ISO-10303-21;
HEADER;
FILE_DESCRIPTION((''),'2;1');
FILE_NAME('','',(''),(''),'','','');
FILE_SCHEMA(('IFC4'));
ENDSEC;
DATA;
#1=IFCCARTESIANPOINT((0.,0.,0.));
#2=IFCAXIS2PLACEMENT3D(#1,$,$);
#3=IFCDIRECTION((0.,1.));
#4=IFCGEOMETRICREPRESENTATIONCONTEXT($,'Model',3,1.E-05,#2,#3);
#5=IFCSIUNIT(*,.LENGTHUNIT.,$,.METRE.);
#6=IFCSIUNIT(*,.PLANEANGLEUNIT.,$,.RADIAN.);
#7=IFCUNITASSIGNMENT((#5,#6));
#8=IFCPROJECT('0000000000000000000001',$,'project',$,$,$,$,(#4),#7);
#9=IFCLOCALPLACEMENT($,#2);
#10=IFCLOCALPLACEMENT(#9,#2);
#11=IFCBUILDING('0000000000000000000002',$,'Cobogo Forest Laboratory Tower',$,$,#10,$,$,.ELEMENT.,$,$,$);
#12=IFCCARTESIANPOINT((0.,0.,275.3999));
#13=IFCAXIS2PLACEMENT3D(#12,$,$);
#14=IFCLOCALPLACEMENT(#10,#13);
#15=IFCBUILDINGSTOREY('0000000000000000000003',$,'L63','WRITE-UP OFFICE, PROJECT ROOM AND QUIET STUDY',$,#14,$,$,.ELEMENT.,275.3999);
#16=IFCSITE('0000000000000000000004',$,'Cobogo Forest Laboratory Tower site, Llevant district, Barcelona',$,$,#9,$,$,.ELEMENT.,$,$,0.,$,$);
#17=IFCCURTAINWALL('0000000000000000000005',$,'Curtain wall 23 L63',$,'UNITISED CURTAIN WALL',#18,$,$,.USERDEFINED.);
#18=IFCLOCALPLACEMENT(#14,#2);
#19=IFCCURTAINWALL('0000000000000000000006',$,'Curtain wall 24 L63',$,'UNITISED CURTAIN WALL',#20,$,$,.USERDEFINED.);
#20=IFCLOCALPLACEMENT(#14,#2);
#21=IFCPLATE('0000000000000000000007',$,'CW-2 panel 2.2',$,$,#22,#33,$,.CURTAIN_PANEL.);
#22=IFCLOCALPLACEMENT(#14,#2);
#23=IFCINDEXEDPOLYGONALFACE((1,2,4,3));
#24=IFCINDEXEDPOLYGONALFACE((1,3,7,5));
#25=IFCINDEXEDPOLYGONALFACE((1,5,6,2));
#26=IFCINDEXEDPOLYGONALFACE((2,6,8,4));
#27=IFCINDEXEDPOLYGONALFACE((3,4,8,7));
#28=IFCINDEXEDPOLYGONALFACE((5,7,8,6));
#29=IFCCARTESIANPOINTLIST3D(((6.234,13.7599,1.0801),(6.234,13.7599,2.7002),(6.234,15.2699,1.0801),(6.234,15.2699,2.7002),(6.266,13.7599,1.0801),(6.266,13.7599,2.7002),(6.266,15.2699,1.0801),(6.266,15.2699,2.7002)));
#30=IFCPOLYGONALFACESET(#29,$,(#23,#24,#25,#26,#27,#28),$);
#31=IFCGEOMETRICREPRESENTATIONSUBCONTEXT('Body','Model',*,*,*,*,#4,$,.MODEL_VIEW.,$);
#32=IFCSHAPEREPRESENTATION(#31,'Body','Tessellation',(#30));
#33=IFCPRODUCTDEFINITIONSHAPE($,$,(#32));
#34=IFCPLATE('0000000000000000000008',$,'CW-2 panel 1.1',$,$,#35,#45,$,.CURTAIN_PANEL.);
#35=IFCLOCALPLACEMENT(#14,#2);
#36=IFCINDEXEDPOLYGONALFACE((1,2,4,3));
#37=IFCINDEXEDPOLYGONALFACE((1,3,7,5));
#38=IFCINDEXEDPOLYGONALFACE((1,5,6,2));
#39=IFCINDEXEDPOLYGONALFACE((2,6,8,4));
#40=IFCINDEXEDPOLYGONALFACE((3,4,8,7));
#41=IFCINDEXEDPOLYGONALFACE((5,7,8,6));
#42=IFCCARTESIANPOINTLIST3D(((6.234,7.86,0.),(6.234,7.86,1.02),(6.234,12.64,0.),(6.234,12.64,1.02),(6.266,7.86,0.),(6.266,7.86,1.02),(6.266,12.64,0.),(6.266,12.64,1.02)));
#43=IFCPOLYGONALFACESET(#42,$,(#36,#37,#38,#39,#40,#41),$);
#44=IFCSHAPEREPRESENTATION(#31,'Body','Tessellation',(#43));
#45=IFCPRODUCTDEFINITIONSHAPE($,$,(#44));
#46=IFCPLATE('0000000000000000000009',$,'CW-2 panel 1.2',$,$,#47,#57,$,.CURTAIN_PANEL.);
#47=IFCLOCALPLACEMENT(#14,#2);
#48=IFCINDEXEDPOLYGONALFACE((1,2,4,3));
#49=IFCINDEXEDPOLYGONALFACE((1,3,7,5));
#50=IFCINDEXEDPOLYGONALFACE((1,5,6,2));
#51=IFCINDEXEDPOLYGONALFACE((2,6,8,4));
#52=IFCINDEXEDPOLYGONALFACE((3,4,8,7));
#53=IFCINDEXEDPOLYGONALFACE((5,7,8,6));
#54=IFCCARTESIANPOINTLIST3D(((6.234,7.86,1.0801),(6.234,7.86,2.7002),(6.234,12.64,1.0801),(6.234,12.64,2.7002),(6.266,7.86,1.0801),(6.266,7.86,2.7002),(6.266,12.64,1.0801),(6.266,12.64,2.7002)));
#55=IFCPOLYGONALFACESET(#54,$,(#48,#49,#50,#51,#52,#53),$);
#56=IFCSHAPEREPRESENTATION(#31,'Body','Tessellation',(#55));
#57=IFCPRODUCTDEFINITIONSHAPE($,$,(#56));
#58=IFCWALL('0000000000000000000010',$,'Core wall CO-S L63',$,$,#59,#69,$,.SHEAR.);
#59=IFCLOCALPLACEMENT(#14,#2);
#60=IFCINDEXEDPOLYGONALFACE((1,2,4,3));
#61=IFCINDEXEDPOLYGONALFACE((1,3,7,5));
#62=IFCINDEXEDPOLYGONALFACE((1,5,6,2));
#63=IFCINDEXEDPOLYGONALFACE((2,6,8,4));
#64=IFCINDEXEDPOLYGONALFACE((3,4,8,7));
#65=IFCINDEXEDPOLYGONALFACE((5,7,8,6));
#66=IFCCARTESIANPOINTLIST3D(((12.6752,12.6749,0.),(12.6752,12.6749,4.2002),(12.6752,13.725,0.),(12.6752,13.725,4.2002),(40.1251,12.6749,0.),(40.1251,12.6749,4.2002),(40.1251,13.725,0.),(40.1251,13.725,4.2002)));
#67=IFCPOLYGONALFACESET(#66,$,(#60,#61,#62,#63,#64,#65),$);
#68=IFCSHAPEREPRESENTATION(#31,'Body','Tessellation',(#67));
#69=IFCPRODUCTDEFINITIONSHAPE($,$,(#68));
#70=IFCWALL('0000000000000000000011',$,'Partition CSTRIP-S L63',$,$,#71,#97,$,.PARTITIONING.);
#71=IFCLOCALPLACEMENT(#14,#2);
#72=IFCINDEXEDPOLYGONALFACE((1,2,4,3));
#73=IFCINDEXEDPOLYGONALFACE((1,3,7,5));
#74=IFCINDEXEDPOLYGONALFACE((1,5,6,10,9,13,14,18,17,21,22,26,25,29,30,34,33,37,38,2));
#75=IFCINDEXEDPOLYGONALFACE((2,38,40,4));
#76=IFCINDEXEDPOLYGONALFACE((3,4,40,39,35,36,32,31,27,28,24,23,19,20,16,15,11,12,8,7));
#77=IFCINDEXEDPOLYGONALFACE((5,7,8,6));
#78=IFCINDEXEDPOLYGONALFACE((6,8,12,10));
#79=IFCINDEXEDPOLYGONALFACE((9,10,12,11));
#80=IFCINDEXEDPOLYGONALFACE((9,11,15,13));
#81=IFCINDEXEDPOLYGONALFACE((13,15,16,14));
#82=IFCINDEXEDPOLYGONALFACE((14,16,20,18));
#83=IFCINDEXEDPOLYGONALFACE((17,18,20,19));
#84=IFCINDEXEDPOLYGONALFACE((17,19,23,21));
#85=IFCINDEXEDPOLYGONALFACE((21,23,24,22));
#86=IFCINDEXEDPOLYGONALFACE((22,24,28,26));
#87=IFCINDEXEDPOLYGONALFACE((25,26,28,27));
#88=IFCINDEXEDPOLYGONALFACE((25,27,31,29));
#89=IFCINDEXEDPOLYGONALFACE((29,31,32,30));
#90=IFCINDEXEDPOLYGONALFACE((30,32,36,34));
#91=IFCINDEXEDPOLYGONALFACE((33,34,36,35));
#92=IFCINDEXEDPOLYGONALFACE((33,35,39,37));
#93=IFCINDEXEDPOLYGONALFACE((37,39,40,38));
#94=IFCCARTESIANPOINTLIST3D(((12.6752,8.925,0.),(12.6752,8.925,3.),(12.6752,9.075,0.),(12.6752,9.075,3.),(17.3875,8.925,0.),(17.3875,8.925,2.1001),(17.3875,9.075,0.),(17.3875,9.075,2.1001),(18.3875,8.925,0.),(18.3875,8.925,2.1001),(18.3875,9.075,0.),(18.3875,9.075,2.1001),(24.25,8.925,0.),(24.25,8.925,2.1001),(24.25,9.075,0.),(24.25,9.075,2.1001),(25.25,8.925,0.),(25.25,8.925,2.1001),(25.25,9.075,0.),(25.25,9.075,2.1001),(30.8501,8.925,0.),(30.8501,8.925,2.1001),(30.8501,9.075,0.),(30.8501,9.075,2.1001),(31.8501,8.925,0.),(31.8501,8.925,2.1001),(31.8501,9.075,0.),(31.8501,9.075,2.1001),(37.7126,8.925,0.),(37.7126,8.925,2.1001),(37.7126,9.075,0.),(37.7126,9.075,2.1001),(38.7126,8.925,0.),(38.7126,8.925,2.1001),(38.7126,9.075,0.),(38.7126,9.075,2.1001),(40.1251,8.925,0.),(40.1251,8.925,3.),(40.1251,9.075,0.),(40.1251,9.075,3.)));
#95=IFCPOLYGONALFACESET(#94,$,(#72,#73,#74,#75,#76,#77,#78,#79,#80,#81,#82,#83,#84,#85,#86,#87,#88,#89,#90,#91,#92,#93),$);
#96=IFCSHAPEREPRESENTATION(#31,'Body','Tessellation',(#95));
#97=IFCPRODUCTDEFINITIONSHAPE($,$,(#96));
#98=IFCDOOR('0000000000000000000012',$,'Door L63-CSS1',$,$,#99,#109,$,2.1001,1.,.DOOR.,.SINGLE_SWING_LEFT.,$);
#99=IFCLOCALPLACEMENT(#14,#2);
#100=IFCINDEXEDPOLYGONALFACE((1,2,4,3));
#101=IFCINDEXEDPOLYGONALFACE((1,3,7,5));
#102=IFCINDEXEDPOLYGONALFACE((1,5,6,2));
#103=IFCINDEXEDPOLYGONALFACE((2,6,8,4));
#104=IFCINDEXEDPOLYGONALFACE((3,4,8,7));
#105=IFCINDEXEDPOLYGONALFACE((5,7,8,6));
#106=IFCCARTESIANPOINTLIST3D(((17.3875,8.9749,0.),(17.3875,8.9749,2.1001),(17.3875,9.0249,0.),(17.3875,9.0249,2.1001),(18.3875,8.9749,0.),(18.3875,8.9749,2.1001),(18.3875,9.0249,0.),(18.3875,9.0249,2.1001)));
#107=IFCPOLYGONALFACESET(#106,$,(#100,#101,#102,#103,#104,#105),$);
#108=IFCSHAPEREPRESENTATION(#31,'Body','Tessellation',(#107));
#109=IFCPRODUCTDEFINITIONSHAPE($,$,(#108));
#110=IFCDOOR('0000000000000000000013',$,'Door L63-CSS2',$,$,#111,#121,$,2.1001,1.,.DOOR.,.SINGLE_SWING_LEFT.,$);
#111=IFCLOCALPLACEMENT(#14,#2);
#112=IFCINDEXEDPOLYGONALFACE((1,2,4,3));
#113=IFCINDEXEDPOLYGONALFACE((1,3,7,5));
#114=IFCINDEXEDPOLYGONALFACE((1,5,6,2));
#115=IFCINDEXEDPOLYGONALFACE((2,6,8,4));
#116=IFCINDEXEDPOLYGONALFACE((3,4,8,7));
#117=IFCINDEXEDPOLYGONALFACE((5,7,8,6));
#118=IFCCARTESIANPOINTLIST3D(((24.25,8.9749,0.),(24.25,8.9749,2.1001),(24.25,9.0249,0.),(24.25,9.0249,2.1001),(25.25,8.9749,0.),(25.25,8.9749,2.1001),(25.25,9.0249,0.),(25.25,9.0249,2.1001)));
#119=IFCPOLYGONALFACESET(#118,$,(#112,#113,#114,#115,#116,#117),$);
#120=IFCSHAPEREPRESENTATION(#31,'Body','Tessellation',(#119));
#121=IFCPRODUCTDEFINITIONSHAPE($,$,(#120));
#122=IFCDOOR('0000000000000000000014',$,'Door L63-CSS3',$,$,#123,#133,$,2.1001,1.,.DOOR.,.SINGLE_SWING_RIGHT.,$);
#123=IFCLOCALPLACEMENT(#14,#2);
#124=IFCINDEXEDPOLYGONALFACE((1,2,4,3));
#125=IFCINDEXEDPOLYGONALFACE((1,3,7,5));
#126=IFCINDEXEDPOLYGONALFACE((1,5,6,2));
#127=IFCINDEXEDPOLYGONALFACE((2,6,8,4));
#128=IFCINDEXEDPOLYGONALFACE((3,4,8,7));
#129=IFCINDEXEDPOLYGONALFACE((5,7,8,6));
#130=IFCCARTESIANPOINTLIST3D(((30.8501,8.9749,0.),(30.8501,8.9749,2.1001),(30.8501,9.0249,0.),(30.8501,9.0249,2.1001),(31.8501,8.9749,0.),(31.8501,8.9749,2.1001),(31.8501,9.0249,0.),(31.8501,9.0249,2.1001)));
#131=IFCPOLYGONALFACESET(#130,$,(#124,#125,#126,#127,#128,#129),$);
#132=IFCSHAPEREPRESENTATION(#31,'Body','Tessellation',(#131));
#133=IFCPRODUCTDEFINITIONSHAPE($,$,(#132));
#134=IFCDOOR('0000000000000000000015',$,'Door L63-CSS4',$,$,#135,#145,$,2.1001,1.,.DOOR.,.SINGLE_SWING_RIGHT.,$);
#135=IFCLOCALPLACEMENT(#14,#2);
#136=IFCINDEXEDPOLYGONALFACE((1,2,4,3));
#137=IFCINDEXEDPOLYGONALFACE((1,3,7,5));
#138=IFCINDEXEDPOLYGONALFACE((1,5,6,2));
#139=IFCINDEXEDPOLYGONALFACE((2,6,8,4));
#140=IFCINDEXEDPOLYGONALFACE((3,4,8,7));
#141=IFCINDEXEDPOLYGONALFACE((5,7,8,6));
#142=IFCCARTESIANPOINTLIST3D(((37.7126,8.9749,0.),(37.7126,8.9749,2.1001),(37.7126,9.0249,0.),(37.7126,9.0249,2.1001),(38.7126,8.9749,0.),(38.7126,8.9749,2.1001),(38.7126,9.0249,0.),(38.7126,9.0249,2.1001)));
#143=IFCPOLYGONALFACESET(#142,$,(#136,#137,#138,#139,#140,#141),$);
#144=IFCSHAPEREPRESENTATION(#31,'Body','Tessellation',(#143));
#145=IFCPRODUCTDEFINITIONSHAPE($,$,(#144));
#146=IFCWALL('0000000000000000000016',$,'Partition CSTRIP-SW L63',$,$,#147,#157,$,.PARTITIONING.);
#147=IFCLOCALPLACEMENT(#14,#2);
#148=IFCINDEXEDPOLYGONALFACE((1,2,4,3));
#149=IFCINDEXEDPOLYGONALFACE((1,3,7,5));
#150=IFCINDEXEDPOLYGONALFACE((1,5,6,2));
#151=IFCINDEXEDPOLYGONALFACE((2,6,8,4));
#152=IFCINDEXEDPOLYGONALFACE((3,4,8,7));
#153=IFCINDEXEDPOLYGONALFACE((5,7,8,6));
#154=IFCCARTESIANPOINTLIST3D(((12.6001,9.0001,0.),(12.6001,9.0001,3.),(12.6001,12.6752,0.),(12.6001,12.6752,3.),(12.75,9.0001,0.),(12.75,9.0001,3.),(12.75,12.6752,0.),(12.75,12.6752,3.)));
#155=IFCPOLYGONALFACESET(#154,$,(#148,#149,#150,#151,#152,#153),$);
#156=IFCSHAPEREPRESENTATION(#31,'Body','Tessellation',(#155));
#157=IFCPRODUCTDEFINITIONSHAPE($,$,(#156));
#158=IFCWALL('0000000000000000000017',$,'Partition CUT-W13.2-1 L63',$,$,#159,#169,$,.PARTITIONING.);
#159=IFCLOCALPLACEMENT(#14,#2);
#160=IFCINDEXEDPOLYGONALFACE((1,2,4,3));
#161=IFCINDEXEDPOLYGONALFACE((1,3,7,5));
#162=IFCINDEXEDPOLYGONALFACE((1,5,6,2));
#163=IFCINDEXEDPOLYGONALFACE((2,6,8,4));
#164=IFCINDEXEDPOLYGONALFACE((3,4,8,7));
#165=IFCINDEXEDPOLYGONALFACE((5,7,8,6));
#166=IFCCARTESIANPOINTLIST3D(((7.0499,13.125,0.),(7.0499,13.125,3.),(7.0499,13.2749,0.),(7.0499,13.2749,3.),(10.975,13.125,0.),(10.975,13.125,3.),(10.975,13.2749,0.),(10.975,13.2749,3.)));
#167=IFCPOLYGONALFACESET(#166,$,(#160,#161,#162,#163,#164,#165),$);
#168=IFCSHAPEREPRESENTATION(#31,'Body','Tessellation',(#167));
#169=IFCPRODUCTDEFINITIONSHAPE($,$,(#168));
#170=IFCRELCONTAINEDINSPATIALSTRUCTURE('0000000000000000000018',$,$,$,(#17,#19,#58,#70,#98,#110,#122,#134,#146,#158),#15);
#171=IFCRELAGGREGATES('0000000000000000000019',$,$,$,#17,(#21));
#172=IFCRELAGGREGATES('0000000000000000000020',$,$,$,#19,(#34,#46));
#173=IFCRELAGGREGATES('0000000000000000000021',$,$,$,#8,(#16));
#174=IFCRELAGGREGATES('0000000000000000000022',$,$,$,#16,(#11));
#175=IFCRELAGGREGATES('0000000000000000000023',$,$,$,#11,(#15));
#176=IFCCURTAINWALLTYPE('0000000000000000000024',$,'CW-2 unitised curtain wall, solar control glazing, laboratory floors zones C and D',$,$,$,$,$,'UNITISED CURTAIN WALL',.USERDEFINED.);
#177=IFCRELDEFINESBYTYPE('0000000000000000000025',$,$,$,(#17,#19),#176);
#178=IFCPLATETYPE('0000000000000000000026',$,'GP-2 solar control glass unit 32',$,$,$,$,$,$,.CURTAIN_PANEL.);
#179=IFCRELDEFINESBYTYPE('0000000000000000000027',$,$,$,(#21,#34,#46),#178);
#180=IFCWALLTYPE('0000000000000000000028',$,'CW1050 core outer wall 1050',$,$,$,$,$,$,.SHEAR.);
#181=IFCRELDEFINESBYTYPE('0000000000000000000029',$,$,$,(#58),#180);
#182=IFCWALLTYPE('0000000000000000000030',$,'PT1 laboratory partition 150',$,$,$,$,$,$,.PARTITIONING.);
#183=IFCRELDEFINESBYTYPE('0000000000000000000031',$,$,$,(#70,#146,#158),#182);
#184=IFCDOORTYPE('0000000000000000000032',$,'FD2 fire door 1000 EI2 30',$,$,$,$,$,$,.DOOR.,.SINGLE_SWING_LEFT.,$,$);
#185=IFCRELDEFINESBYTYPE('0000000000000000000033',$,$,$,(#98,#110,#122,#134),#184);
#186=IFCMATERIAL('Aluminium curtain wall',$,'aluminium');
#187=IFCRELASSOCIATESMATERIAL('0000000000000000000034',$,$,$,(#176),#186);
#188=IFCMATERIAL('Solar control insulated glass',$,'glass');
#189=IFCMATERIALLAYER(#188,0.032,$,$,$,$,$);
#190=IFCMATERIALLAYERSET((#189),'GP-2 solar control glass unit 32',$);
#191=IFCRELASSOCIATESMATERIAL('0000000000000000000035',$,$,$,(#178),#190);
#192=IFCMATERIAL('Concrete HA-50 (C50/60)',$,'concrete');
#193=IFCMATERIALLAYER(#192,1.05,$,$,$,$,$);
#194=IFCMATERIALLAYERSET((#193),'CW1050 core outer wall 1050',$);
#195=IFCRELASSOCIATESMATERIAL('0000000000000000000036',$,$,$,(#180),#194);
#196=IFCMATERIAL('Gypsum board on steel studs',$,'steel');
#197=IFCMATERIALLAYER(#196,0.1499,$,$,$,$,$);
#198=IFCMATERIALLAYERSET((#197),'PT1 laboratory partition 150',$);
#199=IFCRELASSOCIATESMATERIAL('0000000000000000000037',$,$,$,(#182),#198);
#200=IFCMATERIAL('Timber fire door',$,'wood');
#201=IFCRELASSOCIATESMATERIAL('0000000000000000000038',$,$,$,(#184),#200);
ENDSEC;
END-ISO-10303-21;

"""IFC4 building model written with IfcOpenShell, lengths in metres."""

from ifc_helpers import new_model, si_unit, direction, frame, frame_2d, origin, origin_2d, place, context, subcontext, project, spatial, rectangle, extrude, material, layer, layer_set, type_object, element, fill, aggregate, save


model = new_model("IFC4")

# Units and contexts
model_context = context("Model", 3, precision=1e-05, world=origin(), true_north=direction((0.0, 1.0)))
body_context = subcontext(model_context, "Body", "Model", "MODEL_VIEW")
ifc_project = project(units=[si_unit("LENGTHUNIT", "METRE"), si_unit("PLANEANGLEUNIT", "RADIAN")], contexts=[model_context])

# Site, building, storey
site_placement = place(None, origin())
site = spatial("IfcSite", under=ifc_project, at=site_placement, Name="Cobogo Forest Laboratory Tower site, Llevant district, Barcelona", CompositionType="ELEMENT", RefElevation=0.0)
building_placement = place(site_placement, origin())
building = spatial("IfcBuilding", under=site, at=building_placement, Name="Cobogo Forest Laboratory Tower", CompositionType="ELEMENT")
storey_placement = place(building_placement, frame((0.0, 0.0, 275.3999)))
storey = spatial("IfcBuildingStorey", under=building, at=storey_placement, Name="L63", Description="WRITE-UP OFFICE, PROJECT ROOM AND QUIET STUDY", CompositionType="ELEMENT", Elevation=275.3999)

# Shared definitions
ifc_material_1 = material(Name="Concrete HA-50 (C50/60)", Category="concrete")

# Curtain wall
ifc_material_2 = material(Name="Aluminium curtain wall", Category="aluminium")
curtain_wall_type = type_object("IfcCurtainWallType", Name="CW-2 unitised curtain wall, solar control glazing, laboratory floors zones C and D", ElementType="UNITISED CURTAIN WALL", PredefinedType="USERDEFINED", material=ifc_material_2)
curtain_wall_1_placement = place(storey_placement, origin())
curtain_wall_1 = element("IfcCurtainWall", 1, at=curtain_wall_1_placement, inside=storey, type_object=curtain_wall_type, Name="Curtain wall 23 L63", ObjectType="UNITISED CURTAIN WALL", PredefinedType="USERDEFINED")

# Curtain wall
curtain_wall_2_placement = place(storey_placement, origin())
curtain_wall_2 = element("IfcCurtainWall", 2, at=curtain_wall_2_placement, inside=storey, type_object=curtain_wall_type, Name="Curtain wall 24 L63", ObjectType="UNITISED CURTAIN WALL", PredefinedType="USERDEFINED")

# Plates
ifc_material_3 = material(Name="Solar control insulated glass", Category="glass")
ifc_layer_1 = layer(ifc_material_3, 0.032)
ifc_layer_set_1 = layer_set([ifc_layer_1], Name="GP-2 solar control glass unit 32")
plate_type_1 = type_object("IfcPlateType", Name="GP-2 solar control glass unit 32", PredefinedType="CURTAIN_PANEL", material=ifc_layer_set_1)
plate_1_placement = place(storey_placement, frame((6.25, 14.5149, 1.0801), z_axis=(0.0, 0.0, 1.0), x_axis=(0.0, -1.0, 0.0)))
plate_1 = element("IfcPlate", 3, at=plate_1_placement, type_object=plate_type_1, Name="CW-2 panel 2.2", PredefinedType="CURTAIN_PANEL", context=body_context, shape_type="SweptSolid", body=[
    extrude(rectangle(XDim=1.51, YDim=0.032, at=origin_2d()), origin(), (0.0, 0.0, 1.0), 1.6201),
])
aggregate(curtain_wall_1, [plate_1])
plate_2_placement = place(storey_placement, frame((6.25, 10.25, 0.0), z_axis=(0.0, 0.0, 1.0), x_axis=(0.0, -1.0, 0.0)))
plate_2 = element("IfcPlate", 4, at=plate_2_placement, type_object=plate_type_1, Name="CW-2 panel 1.1", PredefinedType="CURTAIN_PANEL", context=body_context, shape_type="SweptSolid", body=[
    extrude(rectangle(XDim=4.78, YDim=0.032, at=origin_2d()), origin(), (0.0, 0.0, 1.0), 1.02),
])
plate_3_placement = place(storey_placement, frame((6.25, 10.25, 1.0801), z_axis=(0.0, 0.0, 1.0), x_axis=(0.0, -1.0, 0.0)))
plate_3 = element("IfcPlate", 5, at=plate_3_placement, type_object=plate_type_1, Name="CW-2 panel 1.2", PredefinedType="CURTAIN_PANEL", context=body_context, shape_type="SweptSolid", body=[
    extrude(rectangle(XDim=4.78, YDim=0.032, at=origin_2d()), origin(), (0.0, 0.0, 1.0), 1.6201),
])
aggregate(curtain_wall_2, [plate_2, plate_3])

# Wall
ifc_layer_2 = layer(ifc_material_1, 1.05)
ifc_layer_set_2 = layer_set([ifc_layer_2], Name="CW1050 core outer wall 1050")
wall_type_1 = type_object("IfcWallType", Name="CW1050 core outer wall 1050", PredefinedType="SHEAR", material=ifc_layer_set_2)
wall_1_placement = place(storey_placement, frame((12.675, 13.2, 0.0), z_axis=(0.0, 0.0, 1.0), x_axis=(1.0, 0.0, 0.0)))
element("IfcWall", 6, at=wall_1_placement, inside=storey, type_object=wall_type_1, Name="Core wall CO-S L63", PredefinedType="SHEAR", context=body_context, shape_type="SweptSolid", body=[
    extrude(rectangle(XDim=27.45, YDim=1.05, at=frame_2d((13.7251, 0.0))), origin(), (0.0, 0.0, 1.0), 4.2002),
])

# Wall, openings, doors
ifc_material_4 = material(Name="Gypsum board on steel studs", Category="steel")
ifc_layer_3 = layer(ifc_material_4, 0.1499)
ifc_layer_set_3 = layer_set([ifc_layer_3], Name="PT1 laboratory partition 150")
wall_type_2 = type_object("IfcWallType", Name="PT1 laboratory partition 150", PredefinedType="PARTITIONING", material=ifc_layer_set_3)
wall_2_placement = place(storey_placement, frame((12.675, 9.0, 0.0), z_axis=(0.0, 0.0, 1.0), x_axis=(1.0, 0.0, 0.0)))
wall_2 = element("IfcWall", 7, at=wall_2_placement, inside=storey, type_object=wall_type_2, Name="Partition CSTRIP-S L63", PredefinedType="PARTITIONING", context=body_context, shape_type="SweptSolid", body=[
    extrude(rectangle(XDim=27.45, YDim=0.1499, at=frame_2d((13.7251, 0.0))), origin(), (0.0, 0.0, 1.0), 3.0),
])
opening_1_placement = place(wall_2_placement, frame((4.7124, 0.0, 0.0)))
opening_1 = element("IfcOpeningElement", 8, at=opening_1_placement, cuts=wall_2, PredefinedType="OPENING", context=body_context, shape_type="SweptSolid", body=[
    extrude(rectangle(XDim=1.0, YDim=2.1001, at=frame_2d((0.5, 1.05))), frame((0.0, 0.085, 0.0), z_axis=(0.0, -1.0, 0.0), x_axis=(1.0, 0.0, 0.0)), (0.0, 0.0, 1.0), 0.1699),
])
opening_2_placement = place(wall_2_placement, frame((11.575, 0.0, 0.0)))
opening_2 = element("IfcOpeningElement", 9, at=opening_2_placement, cuts=wall_2, PredefinedType="OPENING", context=body_context, shape_type="SweptSolid", body=[
    extrude(rectangle(XDim=1.0, YDim=2.1001, at=frame_2d((0.5, 1.05))), frame((0.0, 0.085, 0.0), z_axis=(0.0, -1.0, 0.0), x_axis=(1.0, 0.0, 0.0)), (0.0, 0.0, 1.0), 0.1699),
])
opening_3_placement = place(wall_2_placement, frame((18.175, 0.0, 0.0)))
opening_3 = element("IfcOpeningElement", 10, at=opening_3_placement, cuts=wall_2, PredefinedType="OPENING", context=body_context, shape_type="SweptSolid", body=[
    extrude(rectangle(XDim=1.0, YDim=2.1001, at=frame_2d((0.5, 1.05))), frame((0.0, 0.085, 0.0), z_axis=(0.0, -1.0, 0.0), x_axis=(1.0, 0.0, 0.0)), (0.0, 0.0, 1.0), 0.1699),
])
opening_4_placement = place(wall_2_placement, frame((25.0376, 0.0, 0.0)))
opening_4 = element("IfcOpeningElement", 11, at=opening_4_placement, cuts=wall_2, PredefinedType="OPENING", context=body_context, shape_type="SweptSolid", body=[
    extrude(rectangle(XDim=1.0, YDim=2.1001, at=frame_2d((0.5, 1.05))), frame((0.0, 0.085, 0.0), z_axis=(0.0, -1.0, 0.0), x_axis=(1.0, 0.0, 0.0)), (0.0, 0.0, 1.0), 0.1699),
])
ifc_material_5 = material(Name="Timber fire door", Category="wood")
door_type = type_object("IfcDoorType", Name="FD2 fire door 1000 EI2 30", OperationType="SINGLE_SWING_LEFT", PredefinedType="DOOR", material=ifc_material_5)
door_1_placement = place(opening_1_placement, origin())
door_1 = element("IfcDoor", 12, at=door_1_placement, inside=storey, type_object=door_type, Name="Door L63-CSS1", OperationType="SINGLE_SWING_LEFT", OverallHeight=2.1001, OverallWidth=1.0, PredefinedType="DOOR", context=body_context, shape_type="SweptSolid", body=[
    extrude(rectangle(XDim=1.0, YDim=2.1001, at=frame_2d((0.5, 1.05))), frame((0.0, 0.0249, 0.0), z_axis=(0.0, -1.0, 0.0), x_axis=(1.0, 0.0, 0.0)), (0.0, 0.0, 1.0), 0.05),
])
fill(opening_1, door_1)
door_2_placement = place(opening_2_placement, origin())
door_2 = element("IfcDoor", 13, at=door_2_placement, inside=storey, type_object=door_type, Name="Door L63-CSS2", OperationType="SINGLE_SWING_LEFT", OverallHeight=2.1001, OverallWidth=1.0, PredefinedType="DOOR", context=body_context, shape_type="SweptSolid", body=[
    extrude(rectangle(XDim=1.0, YDim=2.1001, at=frame_2d((0.5, 1.05))), frame((0.0, 0.0249, 0.0), z_axis=(0.0, -1.0, 0.0), x_axis=(1.0, 0.0, 0.0)), (0.0, 0.0, 1.0), 0.05),
])
fill(opening_2, door_2)
door_3_placement = place(opening_3_placement, origin())
door_3 = element("IfcDoor", 14, at=door_3_placement, inside=storey, type_object=door_type, Name="Door L63-CSS3", OperationType="SINGLE_SWING_RIGHT", OverallHeight=2.1001, OverallWidth=1.0, PredefinedType="DOOR", context=body_context, shape_type="SweptSolid", body=[
    extrude(rectangle(XDim=1.0, YDim=2.1001, at=frame_2d((0.5, 1.05))), frame((0.0, 0.0249, 0.0), z_axis=(0.0, -1.0, 0.0), x_axis=(1.0, 0.0, 0.0)), (0.0, 0.0, 1.0), 0.05),
])
fill(opening_3, door_3)
door_4_placement = place(opening_4_placement, origin())
door_4 = element("IfcDoor", 15, at=door_4_placement, inside=storey, type_object=door_type, Name="Door L63-CSS4", OperationType="SINGLE_SWING_RIGHT", OverallHeight=2.1001, OverallWidth=1.0, PredefinedType="DOOR", context=body_context, shape_type="SweptSolid", body=[
    extrude(rectangle(XDim=1.0, YDim=2.1001, at=frame_2d((0.5, 1.05))), frame((0.0, 0.0249, 0.0), z_axis=(0.0, -1.0, 0.0), x_axis=(1.0, 0.0, 0.0)), (0.0, 0.0, 1.0), 0.05),
])
fill(opening_4, door_4)

# Walls
wall_3_placement = place(storey_placement, frame((12.675, 12.675, 0.0), z_axis=(0.0, 0.0, 1.0), x_axis=(0.0, -1.0, 0.0)))
element("IfcWall", 16, at=wall_3_placement, inside=storey, type_object=wall_type_2, Name="Partition CSTRIP-SW L63", PredefinedType="PARTITIONING", context=body_context, shape_type="SweptSolid", body=[
    extrude(rectangle(XDim=3.675, YDim=0.1499, at=frame_2d((1.8374, 0.0))), origin(), (0.0, 0.0, 1.0), 3.0),
])
wall_4_placement = place(storey_placement, frame((7.05, 13.2, 0.0), z_axis=(0.0, 0.0, 1.0), x_axis=(1.0, 0.0, 0.0)))
element("IfcWall", 17, at=wall_4_placement, inside=storey, type_object=wall_type_2, Name="Partition CUT-W13.2-1 L63", PredefinedType="PARTITIONING", context=body_context, shape_type="SweptSolid", body=[
    extrude(rectangle(XDim=3.925, YDim=0.1499, at=frame_2d((1.9624, 0.0))), origin(), (0.0, 0.0, 1.0), 3.0),
])

save(model, "model.ifc")
